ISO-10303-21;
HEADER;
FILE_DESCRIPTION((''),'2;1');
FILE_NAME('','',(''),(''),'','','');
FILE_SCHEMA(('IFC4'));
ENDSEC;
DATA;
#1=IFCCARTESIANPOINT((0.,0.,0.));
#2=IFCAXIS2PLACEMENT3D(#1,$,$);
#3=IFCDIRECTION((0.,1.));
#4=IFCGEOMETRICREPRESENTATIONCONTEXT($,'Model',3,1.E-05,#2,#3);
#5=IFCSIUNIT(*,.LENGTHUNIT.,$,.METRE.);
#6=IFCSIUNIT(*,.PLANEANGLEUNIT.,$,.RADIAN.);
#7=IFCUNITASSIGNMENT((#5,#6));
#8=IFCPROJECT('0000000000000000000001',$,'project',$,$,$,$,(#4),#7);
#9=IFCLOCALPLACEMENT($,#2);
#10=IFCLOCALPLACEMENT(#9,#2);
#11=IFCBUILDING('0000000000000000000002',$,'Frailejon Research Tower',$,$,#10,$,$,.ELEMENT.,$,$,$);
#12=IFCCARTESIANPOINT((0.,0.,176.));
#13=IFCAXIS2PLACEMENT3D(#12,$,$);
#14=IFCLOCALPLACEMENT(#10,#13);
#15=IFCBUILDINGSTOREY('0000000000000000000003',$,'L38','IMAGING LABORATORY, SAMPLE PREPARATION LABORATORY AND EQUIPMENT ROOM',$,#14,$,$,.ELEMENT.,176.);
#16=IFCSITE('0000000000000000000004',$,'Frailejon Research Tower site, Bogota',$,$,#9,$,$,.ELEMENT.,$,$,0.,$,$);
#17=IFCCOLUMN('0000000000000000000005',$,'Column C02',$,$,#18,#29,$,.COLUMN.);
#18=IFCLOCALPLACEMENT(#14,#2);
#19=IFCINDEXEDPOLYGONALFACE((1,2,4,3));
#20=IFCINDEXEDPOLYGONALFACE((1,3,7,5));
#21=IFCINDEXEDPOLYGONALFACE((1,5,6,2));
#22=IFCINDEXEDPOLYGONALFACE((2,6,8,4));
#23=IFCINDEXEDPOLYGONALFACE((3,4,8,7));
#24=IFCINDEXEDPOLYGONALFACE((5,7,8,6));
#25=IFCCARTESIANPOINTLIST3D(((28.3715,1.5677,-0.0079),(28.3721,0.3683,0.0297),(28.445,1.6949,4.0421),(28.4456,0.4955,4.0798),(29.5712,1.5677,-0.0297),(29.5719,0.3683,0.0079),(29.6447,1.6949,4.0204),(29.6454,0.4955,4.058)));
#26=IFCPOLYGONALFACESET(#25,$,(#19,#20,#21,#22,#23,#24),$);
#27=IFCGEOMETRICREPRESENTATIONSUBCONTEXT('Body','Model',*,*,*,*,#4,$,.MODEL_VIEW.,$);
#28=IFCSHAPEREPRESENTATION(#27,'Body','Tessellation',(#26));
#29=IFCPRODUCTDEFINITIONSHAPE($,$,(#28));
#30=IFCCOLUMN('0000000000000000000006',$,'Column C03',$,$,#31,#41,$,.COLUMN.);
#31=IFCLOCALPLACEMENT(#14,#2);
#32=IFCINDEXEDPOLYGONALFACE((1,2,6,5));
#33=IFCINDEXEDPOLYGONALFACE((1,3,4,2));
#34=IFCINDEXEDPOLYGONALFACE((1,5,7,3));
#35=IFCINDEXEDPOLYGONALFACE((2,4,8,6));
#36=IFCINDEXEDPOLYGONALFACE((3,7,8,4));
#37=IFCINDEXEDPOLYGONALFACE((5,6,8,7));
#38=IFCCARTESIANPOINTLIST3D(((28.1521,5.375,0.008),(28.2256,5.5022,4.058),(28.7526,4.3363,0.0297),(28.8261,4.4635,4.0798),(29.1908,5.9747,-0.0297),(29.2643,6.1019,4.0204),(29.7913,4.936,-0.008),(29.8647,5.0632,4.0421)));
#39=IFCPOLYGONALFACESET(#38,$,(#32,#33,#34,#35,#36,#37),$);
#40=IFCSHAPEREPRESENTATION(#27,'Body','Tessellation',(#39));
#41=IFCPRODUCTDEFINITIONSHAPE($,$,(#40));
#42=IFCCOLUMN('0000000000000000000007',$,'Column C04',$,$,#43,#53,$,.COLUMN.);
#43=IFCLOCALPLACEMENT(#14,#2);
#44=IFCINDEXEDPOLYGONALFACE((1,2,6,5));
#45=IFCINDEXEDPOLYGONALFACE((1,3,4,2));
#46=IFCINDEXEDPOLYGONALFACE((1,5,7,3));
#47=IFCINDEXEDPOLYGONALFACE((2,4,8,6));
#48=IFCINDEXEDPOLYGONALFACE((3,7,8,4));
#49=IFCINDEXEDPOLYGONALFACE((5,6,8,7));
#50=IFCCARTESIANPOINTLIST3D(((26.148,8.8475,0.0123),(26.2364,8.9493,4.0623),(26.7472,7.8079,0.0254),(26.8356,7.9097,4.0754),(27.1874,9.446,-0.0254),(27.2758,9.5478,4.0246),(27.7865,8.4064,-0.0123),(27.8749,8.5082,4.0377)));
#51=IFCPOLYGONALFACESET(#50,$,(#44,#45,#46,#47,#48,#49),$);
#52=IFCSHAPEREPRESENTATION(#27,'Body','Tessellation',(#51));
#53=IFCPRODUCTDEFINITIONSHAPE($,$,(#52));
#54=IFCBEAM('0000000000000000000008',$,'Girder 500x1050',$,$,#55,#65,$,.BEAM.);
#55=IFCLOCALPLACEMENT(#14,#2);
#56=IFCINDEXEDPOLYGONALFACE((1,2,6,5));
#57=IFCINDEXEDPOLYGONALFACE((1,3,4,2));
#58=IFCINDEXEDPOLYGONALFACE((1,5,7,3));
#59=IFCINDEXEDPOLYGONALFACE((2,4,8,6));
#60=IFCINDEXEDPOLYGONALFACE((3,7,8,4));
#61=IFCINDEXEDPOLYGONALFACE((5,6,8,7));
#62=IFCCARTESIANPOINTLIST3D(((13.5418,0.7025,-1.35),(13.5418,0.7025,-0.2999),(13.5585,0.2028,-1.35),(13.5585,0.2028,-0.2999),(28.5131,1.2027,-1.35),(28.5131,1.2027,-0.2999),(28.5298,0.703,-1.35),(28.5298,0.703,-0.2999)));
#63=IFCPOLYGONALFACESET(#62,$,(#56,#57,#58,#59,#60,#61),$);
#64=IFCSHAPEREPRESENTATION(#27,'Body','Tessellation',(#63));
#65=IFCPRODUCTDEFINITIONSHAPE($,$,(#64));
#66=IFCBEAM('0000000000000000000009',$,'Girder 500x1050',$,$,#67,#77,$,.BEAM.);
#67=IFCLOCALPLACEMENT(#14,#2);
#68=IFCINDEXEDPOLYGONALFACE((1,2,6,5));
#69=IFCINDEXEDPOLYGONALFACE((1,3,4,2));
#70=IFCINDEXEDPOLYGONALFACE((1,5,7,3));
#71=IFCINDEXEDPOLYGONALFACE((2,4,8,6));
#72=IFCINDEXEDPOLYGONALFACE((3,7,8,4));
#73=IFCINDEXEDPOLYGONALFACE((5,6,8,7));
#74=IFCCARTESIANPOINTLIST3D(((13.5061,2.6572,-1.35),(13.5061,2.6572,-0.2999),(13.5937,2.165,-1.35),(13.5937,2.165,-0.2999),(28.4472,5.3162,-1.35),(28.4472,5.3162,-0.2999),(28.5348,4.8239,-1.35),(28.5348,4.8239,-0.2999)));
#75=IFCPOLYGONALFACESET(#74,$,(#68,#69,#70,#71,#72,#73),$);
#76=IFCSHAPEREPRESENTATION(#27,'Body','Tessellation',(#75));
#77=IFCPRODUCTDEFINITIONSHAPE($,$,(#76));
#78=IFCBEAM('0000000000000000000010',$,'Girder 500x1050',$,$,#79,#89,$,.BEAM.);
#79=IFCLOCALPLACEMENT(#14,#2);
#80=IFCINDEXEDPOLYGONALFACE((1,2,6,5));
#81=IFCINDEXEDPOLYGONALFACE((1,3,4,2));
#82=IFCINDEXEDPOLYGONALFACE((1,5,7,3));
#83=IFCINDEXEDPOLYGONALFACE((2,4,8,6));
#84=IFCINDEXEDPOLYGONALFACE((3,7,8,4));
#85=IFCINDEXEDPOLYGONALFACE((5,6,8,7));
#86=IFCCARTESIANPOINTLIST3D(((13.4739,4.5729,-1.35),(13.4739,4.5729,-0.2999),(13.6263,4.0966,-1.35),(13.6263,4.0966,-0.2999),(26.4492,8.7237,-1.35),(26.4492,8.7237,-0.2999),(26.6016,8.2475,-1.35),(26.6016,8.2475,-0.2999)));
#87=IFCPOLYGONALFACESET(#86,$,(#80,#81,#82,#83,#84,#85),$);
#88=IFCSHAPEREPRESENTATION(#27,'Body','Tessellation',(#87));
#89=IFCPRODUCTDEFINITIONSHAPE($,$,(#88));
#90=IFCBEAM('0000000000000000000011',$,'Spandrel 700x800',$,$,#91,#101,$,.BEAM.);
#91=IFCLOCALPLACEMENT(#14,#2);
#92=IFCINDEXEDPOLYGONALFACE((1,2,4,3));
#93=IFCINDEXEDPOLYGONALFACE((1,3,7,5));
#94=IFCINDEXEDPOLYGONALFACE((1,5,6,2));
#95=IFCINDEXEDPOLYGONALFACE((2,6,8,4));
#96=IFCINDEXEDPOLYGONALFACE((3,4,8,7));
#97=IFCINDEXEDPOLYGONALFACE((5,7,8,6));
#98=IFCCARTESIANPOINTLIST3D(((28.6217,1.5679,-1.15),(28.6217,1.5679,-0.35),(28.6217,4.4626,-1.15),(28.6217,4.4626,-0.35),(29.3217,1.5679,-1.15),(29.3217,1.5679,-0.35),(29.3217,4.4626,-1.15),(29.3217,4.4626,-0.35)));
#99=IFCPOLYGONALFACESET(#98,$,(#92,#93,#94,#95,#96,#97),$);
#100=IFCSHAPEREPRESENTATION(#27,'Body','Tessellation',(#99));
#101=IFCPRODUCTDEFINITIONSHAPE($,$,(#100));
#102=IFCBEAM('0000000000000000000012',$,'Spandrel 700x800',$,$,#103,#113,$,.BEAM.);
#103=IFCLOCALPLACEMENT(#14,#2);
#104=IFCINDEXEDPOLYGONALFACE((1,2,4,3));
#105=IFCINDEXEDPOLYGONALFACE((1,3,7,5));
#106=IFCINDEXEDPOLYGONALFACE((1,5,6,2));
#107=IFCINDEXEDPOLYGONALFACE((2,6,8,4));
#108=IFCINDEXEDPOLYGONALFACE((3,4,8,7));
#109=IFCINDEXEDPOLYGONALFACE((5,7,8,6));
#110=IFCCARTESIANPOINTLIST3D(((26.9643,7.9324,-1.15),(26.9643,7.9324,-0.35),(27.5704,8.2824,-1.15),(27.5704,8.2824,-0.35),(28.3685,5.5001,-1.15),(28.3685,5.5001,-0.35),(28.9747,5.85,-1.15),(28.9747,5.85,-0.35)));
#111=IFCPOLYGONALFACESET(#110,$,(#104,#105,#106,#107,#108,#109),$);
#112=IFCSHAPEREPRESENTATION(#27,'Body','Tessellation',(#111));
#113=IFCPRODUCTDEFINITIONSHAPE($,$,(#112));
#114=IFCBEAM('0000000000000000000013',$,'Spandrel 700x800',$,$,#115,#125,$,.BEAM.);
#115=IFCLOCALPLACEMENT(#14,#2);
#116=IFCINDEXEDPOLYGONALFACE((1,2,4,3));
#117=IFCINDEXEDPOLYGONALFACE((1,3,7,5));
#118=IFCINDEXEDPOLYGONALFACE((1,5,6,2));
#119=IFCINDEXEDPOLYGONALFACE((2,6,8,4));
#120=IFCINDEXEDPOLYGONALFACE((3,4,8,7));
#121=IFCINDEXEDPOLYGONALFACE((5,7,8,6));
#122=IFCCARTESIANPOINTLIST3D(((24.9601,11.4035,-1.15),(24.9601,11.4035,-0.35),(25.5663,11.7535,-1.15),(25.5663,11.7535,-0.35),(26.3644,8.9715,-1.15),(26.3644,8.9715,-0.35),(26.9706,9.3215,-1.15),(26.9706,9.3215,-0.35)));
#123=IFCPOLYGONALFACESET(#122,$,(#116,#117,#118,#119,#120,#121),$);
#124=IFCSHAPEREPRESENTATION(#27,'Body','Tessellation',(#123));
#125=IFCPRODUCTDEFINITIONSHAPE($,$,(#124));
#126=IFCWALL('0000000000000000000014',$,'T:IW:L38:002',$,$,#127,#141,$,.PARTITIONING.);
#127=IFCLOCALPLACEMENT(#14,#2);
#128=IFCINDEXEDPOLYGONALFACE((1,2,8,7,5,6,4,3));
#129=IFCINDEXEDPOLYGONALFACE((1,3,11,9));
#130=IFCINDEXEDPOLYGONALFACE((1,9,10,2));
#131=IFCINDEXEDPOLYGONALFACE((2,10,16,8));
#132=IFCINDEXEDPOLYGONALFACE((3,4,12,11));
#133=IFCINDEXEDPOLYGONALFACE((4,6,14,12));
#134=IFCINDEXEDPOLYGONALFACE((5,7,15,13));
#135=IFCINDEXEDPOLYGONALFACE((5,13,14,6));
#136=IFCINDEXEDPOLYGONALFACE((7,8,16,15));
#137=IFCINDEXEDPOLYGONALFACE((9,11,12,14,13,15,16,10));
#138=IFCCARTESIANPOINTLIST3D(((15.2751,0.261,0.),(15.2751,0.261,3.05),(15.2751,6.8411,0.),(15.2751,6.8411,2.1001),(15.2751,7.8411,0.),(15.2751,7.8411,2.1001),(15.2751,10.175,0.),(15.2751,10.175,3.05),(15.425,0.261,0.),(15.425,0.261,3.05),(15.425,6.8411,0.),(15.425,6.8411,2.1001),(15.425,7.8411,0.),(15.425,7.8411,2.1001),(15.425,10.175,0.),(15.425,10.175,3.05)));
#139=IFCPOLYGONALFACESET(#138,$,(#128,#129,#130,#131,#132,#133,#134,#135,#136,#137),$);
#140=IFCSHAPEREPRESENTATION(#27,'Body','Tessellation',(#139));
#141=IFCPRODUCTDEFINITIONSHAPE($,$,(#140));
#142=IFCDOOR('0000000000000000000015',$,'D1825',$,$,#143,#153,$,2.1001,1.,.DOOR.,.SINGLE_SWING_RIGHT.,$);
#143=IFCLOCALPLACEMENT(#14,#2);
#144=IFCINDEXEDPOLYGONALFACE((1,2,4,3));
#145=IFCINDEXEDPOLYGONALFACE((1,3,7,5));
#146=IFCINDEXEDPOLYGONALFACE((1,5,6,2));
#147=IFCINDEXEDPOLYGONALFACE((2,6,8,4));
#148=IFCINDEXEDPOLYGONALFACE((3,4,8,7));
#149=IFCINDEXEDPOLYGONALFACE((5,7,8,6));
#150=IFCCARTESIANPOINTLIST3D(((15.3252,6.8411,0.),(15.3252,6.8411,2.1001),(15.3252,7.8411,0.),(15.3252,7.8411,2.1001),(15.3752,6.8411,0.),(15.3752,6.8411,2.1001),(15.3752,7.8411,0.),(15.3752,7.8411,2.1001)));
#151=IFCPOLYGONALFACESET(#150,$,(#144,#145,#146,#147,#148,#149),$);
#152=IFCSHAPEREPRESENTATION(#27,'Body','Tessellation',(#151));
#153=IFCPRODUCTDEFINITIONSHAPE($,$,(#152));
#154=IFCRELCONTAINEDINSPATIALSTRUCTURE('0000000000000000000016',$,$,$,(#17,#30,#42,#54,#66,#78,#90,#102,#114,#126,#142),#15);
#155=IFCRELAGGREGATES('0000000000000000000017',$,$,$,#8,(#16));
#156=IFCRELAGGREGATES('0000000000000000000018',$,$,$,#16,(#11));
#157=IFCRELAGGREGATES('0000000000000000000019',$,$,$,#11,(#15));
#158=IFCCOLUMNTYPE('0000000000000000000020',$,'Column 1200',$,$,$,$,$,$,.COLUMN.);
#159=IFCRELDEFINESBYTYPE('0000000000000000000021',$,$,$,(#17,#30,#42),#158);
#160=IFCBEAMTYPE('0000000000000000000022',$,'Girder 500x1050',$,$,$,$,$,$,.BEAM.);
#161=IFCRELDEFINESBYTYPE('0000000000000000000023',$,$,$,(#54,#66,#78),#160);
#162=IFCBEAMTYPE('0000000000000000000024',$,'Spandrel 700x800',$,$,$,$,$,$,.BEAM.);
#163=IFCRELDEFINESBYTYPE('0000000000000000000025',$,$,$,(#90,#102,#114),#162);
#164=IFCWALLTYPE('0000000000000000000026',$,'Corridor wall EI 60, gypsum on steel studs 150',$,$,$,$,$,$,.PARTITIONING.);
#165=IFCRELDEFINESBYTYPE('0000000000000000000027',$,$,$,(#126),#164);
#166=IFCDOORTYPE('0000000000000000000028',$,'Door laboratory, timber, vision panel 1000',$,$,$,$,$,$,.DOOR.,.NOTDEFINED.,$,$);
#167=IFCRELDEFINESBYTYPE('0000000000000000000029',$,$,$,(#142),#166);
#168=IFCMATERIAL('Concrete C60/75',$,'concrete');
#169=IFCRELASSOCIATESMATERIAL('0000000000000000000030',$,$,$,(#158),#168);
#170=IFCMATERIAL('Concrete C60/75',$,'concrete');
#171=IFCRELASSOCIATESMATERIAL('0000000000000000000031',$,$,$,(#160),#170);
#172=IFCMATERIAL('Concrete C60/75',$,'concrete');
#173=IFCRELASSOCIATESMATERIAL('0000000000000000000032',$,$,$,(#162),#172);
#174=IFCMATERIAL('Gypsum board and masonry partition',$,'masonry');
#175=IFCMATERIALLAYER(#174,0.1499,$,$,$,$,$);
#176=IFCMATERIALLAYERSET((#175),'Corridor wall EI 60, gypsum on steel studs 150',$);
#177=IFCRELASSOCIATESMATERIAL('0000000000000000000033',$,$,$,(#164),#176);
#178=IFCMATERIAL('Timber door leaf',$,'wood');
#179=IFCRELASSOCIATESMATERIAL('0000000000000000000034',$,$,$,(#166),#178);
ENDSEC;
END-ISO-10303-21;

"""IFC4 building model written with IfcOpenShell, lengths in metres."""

from ifc_helpers import new_model, si_unit, direction, frame, frame_2d, origin, origin_2d, place, context, subcontext, project, spatial, rectangle, extrude, material, layer, layer_set, material_profile, profile_set, type_object, element, fill, save


model = new_model("IFC4")

# Units and contexts
model_context = context("Model", 3, precision=1e-05, world=origin(), true_north=direction((0.0, 1.0)))
body_context = subcontext(model_context, "Body", "Model", "MODEL_VIEW")
ifc_project = project(units=[si_unit("LENGTHUNIT", "METRE"), si_unit("PLANEANGLEUNIT", "RADIAN")], contexts=[model_context])

# Site, building, storey
site_placement = place(None, origin())
site = spatial("IfcSite", under=ifc_project, at=site_placement, Name="Frailejon Research Tower site, Bogota", CompositionType="ELEMENT", RefElevation=0.0)
building_placement = place(site_placement, origin())
building = spatial("IfcBuilding", under=site, at=building_placement, Name="Frailejon Research Tower", CompositionType="ELEMENT")
storey_placement = place(building_placement, frame((0.0, 0.0, 176.0)))
storey = spatial("IfcBuildingStorey", under=building, at=storey_placement, Name="L38", Description="IMAGING LABORATORY, SAMPLE PREPARATION LABORATORY AND EQUIPMENT ROOM", CompositionType="ELEMENT", Elevation=176.0)

# Columns
ifc_material_1 = material(Name="Concrete C60/75", Category="concrete")
ifc_material_profile_1 = material_profile(ifc_material_1, rectangle(XDim=1.2, YDim=1.2, at=origin_2d()), Name="Column 1200")
ifc_profile_set_1 = profile_set([ifc_material_profile_1], Name="Concrete C60/75")
column_type = type_object("IfcColumnType", Name="Column 1200", PredefinedType="COLUMN", material=ifc_profile_set_1)
for number, where, z_axis, x_axis, name in (
    (1, (28.9717, 0.968, 0.0), (0.018133, 0.031386, 0.999343), (-0.000565, 0.999507, -0.031381), "Column C02"),
    (2, (28.9717, 5.1555, 0.0), (0.018133, 0.031386, 0.999343), (-0.500407, 0.865601, -0.018106), "Column C03"),
):
    element("IfcColumn", number, at=place(storey_placement, frame(where, z_axis=z_axis, x_axis=x_axis)), inside=storey, type_object=column_type, Name=name, PredefinedType="COLUMN", context=body_context, shape_type="SweptSolid", body=[
        extrude(rectangle(XDim=1.2, YDim=1.2, at=origin_2d()), origin(), (0.0, 0.0, 1.0), 4.0527),
    ])
column_placement = place(storey_placement, frame((26.9673, 8.627, 0.0), z_axis=(0.02181, 0.025123, 0.999446), x_axis=(-0.499317, 0.866351, -0.010882)))
element("IfcColumn", 3, at=column_placement, inside=storey, type_object=column_type, Name="Column C04", PredefinedType="COLUMN", context=body_context, shape_type="SweptSolid", body=[
    extrude(rectangle(XDim=1.2, YDim=1.2, at=origin_2d()), origin(), (0.0, 0.0, 1.0), 4.0522),
])

# Beams
ifc_material_2 = material(Name="Concrete C60/75", Category="concrete")
ifc_material_profile_2 = material_profile(ifc_material_2, rectangle(XDim=0.5, YDim=1.05, at=origin_2d()), Name="Girder 500x1050")
ifc_profile_set_2 = profile_set([ifc_material_profile_2], Name="Concrete C60/75")
beam_type_1 = type_object("IfcBeamType", Name="Girder 500x1050", PredefinedType="BEAM", material=ifc_profile_set_2)
beam_1_placement = place(storey_placement, frame((28.5215, 0.9529, -0.825), z_axis=(-0.999442, -0.033395, 0.0), x_axis=(0.033395, -0.999442, 0.0)))
element("IfcBeam", 4, at=beam_1_placement, inside=storey, type_object=beam_type_1, Name="Girder 500x1050", PredefinedType="BEAM", context=body_context, shape_type="SweptSolid", body=[
    extrude(rectangle(XDim=0.5, YDim=1.05, at=origin_2d()), origin(), (0.0, 0.0, 1.0), 14.9797),
])
beam_2_placement = place(storey_placement, frame((28.491, 5.0701, -0.825), z_axis=(-0.984531, -0.17521, 0.0), x_axis=(0.17521, -0.984531, 0.0)))
element("IfcBeam", 5, at=beam_2_placement, inside=storey, type_object=beam_type_1, Name="Girder 500x1050", PredefinedType="BEAM", context=body_context, shape_type="SweptSolid", body=[
    extrude(rectangle(XDim=0.5, YDim=1.05, at=origin_2d()), origin(), (0.0, 0.0, 1.0), 15.1758),
])
beam_3_placement = place(storey_placement, frame((26.5254, 8.4856, -0.825), z_axis=(-0.95245, -0.304694, 0.0), x_axis=(0.304694, -0.95245, 0.0)))
element("IfcBeam", 6, at=beam_3_placement, inside=storey, type_object=beam_type_1, Name="Girder 500x1050", PredefinedType="BEAM", context=body_context, shape_type="SweptSolid", body=[
    extrude(rectangle(XDim=0.5, YDim=1.05, at=origin_2d()), origin(), (0.0, 0.0, 1.0), 13.623),
])
ifc_material_3 = material(Name="Concrete C60/75", Category="concrete")
ifc_material_profile_3 = material_profile(ifc_material_3, rectangle(XDim=0.7, YDim=0.8, at=origin_2d()), Name="Spandrel 700x800")
ifc_profile_set_3 = profile_set([ifc_material_profile_3], Name="Concrete C60/75")
beam_type_2 = type_object("IfcBeamType", Name="Spandrel 700x800", PredefinedType="BEAM", material=ifc_profile_set_3)
beam_4_placement = place(storey_placement, frame((28.9717, 1.5679, -0.75), z_axis=(0.0, 1.0, 0.0), x_axis=(-1.0, 0.0, 0.0)))
element("IfcBeam", 7, at=beam_4_placement, inside=storey, type_object=beam_type_2, Name="Spandrel 700x800", PredefinedType="BEAM", context=body_context, shape_type="SweptSolid", body=[
    extrude(rectangle(XDim=0.7, YDim=0.8, at=origin_2d()), origin(), (0.0, 0.0, 1.0), 2.8948),
])
beam_5_placement = place(storey_placement, frame((28.6716, 5.675, -0.75), z_axis=(-0.499991, 0.866031, 0.0), x_axis=(-0.866031, -0.499991, 0.0)))
element("IfcBeam", 8, at=beam_5_placement, inside=storey, type_object=beam_type_2, Name="Spandrel 700x800", PredefinedType="BEAM", context=body_context, shape_type="SweptSolid", body=[
    extrude(rectangle(XDim=0.7, YDim=0.8, at=origin_2d()), origin(), (0.0, 0.0, 1.0), 2.8086),
])
beam_6_placement = place(storey_placement, frame((26.6675, 9.1465, -0.75), z_axis=(-0.500028, 0.866009, 0.0), x_axis=(-0.866009, -0.500028, 0.0)))
element("IfcBeam", 9, at=beam_6_placement, inside=storey, type_object=beam_type_2, Name="Spandrel 700x800", PredefinedType="BEAM", context=body_context, shape_type="SweptSolid", body=[
    extrude(rectangle(XDim=0.7, YDim=0.8, at=origin_2d()), origin(), (0.0, 0.0, 1.0), 2.8083),
])

# Wall, opening, door
ifc_material_4 = material(Name="Gypsum board and masonry partition", Category="masonry")
ifc_layer_1 = layer(ifc_material_4, 0.1499)
ifc_layer_set_1 = layer_set([ifc_layer_1], Name="Corridor wall EI 60, gypsum on steel studs 150")
wall_type_1 = type_object("IfcWallType", Name="Corridor wall EI 60, gypsum on steel studs 150", PredefinedType="PARTITIONING", material=ifc_layer_set_1)
wall_1_placement = place(storey_placement, frame((15.3501, 0.261, 0.0), z_axis=(0.0, 0.0, 1.0), x_axis=(0.0, 1.0, 0.0)))
wall_1 = element("IfcWall", 10, at=wall_1_placement, inside=storey, type_object=wall_type_1, Name="T:IW:L38:002", PredefinedType="PARTITIONING", context=body_context, shape_type="SweptSolid", body=[
    extrude(rectangle(XDim=9.9141, YDim=0.1499, at=frame_2d((4.957, 0.0))), origin(), (0.0, 0.0, 1.0), 3.05),
])
opening_1_placement = place(wall_1_placement, frame((6.5801, 0.0, 0.0)))
opening_1 = element("IfcOpeningElement", 11, at=opening_1_placement, cuts=wall_1, PredefinedType="OPENING", context=body_context, shape_type="SweptSolid", body=[
    extrude(rectangle(XDim=1.0, YDim=2.1001, at=frame_2d((0.5, 1.05))), frame((0.0, 0.085, 0.0), z_axis=(0.0, -1.0, 0.0), x_axis=(1.0, 0.0, 0.0)), (0.0, 0.0, 1.0), 0.1699),
])
ifc_material_5 = material(Name="Timber door leaf", Category="wood")
door_type_1 = type_object("IfcDoorType", Name="Door laboratory, timber, vision panel 1000", OperationType="NOTDEFINED", PredefinedType="DOOR", material=ifc_material_5)
door_1_placement = place(opening_1_placement, origin())
door_1 = element("IfcDoor", 12, at=door_1_placement, inside=storey, type_object=door_type_1, Name="D1825", OperationType="SINGLE_SWING_RIGHT", OverallHeight=2.1001, OverallWidth=1.0, PredefinedType="DOOR", context=body_context, shape_type="SweptSolid", body=[
    extrude(rectangle(XDim=1.0, YDim=2.1001, at=frame_2d((0.5, 1.05))), frame((0.0, 0.0249, 0.0), z_axis=(0.0, -1.0, 0.0), x_axis=(1.0, 0.0, 0.0)), (0.0, 0.0, 1.0), 0.05),
])
fill(opening_1, door_1)

save(model, "model.ifc")
